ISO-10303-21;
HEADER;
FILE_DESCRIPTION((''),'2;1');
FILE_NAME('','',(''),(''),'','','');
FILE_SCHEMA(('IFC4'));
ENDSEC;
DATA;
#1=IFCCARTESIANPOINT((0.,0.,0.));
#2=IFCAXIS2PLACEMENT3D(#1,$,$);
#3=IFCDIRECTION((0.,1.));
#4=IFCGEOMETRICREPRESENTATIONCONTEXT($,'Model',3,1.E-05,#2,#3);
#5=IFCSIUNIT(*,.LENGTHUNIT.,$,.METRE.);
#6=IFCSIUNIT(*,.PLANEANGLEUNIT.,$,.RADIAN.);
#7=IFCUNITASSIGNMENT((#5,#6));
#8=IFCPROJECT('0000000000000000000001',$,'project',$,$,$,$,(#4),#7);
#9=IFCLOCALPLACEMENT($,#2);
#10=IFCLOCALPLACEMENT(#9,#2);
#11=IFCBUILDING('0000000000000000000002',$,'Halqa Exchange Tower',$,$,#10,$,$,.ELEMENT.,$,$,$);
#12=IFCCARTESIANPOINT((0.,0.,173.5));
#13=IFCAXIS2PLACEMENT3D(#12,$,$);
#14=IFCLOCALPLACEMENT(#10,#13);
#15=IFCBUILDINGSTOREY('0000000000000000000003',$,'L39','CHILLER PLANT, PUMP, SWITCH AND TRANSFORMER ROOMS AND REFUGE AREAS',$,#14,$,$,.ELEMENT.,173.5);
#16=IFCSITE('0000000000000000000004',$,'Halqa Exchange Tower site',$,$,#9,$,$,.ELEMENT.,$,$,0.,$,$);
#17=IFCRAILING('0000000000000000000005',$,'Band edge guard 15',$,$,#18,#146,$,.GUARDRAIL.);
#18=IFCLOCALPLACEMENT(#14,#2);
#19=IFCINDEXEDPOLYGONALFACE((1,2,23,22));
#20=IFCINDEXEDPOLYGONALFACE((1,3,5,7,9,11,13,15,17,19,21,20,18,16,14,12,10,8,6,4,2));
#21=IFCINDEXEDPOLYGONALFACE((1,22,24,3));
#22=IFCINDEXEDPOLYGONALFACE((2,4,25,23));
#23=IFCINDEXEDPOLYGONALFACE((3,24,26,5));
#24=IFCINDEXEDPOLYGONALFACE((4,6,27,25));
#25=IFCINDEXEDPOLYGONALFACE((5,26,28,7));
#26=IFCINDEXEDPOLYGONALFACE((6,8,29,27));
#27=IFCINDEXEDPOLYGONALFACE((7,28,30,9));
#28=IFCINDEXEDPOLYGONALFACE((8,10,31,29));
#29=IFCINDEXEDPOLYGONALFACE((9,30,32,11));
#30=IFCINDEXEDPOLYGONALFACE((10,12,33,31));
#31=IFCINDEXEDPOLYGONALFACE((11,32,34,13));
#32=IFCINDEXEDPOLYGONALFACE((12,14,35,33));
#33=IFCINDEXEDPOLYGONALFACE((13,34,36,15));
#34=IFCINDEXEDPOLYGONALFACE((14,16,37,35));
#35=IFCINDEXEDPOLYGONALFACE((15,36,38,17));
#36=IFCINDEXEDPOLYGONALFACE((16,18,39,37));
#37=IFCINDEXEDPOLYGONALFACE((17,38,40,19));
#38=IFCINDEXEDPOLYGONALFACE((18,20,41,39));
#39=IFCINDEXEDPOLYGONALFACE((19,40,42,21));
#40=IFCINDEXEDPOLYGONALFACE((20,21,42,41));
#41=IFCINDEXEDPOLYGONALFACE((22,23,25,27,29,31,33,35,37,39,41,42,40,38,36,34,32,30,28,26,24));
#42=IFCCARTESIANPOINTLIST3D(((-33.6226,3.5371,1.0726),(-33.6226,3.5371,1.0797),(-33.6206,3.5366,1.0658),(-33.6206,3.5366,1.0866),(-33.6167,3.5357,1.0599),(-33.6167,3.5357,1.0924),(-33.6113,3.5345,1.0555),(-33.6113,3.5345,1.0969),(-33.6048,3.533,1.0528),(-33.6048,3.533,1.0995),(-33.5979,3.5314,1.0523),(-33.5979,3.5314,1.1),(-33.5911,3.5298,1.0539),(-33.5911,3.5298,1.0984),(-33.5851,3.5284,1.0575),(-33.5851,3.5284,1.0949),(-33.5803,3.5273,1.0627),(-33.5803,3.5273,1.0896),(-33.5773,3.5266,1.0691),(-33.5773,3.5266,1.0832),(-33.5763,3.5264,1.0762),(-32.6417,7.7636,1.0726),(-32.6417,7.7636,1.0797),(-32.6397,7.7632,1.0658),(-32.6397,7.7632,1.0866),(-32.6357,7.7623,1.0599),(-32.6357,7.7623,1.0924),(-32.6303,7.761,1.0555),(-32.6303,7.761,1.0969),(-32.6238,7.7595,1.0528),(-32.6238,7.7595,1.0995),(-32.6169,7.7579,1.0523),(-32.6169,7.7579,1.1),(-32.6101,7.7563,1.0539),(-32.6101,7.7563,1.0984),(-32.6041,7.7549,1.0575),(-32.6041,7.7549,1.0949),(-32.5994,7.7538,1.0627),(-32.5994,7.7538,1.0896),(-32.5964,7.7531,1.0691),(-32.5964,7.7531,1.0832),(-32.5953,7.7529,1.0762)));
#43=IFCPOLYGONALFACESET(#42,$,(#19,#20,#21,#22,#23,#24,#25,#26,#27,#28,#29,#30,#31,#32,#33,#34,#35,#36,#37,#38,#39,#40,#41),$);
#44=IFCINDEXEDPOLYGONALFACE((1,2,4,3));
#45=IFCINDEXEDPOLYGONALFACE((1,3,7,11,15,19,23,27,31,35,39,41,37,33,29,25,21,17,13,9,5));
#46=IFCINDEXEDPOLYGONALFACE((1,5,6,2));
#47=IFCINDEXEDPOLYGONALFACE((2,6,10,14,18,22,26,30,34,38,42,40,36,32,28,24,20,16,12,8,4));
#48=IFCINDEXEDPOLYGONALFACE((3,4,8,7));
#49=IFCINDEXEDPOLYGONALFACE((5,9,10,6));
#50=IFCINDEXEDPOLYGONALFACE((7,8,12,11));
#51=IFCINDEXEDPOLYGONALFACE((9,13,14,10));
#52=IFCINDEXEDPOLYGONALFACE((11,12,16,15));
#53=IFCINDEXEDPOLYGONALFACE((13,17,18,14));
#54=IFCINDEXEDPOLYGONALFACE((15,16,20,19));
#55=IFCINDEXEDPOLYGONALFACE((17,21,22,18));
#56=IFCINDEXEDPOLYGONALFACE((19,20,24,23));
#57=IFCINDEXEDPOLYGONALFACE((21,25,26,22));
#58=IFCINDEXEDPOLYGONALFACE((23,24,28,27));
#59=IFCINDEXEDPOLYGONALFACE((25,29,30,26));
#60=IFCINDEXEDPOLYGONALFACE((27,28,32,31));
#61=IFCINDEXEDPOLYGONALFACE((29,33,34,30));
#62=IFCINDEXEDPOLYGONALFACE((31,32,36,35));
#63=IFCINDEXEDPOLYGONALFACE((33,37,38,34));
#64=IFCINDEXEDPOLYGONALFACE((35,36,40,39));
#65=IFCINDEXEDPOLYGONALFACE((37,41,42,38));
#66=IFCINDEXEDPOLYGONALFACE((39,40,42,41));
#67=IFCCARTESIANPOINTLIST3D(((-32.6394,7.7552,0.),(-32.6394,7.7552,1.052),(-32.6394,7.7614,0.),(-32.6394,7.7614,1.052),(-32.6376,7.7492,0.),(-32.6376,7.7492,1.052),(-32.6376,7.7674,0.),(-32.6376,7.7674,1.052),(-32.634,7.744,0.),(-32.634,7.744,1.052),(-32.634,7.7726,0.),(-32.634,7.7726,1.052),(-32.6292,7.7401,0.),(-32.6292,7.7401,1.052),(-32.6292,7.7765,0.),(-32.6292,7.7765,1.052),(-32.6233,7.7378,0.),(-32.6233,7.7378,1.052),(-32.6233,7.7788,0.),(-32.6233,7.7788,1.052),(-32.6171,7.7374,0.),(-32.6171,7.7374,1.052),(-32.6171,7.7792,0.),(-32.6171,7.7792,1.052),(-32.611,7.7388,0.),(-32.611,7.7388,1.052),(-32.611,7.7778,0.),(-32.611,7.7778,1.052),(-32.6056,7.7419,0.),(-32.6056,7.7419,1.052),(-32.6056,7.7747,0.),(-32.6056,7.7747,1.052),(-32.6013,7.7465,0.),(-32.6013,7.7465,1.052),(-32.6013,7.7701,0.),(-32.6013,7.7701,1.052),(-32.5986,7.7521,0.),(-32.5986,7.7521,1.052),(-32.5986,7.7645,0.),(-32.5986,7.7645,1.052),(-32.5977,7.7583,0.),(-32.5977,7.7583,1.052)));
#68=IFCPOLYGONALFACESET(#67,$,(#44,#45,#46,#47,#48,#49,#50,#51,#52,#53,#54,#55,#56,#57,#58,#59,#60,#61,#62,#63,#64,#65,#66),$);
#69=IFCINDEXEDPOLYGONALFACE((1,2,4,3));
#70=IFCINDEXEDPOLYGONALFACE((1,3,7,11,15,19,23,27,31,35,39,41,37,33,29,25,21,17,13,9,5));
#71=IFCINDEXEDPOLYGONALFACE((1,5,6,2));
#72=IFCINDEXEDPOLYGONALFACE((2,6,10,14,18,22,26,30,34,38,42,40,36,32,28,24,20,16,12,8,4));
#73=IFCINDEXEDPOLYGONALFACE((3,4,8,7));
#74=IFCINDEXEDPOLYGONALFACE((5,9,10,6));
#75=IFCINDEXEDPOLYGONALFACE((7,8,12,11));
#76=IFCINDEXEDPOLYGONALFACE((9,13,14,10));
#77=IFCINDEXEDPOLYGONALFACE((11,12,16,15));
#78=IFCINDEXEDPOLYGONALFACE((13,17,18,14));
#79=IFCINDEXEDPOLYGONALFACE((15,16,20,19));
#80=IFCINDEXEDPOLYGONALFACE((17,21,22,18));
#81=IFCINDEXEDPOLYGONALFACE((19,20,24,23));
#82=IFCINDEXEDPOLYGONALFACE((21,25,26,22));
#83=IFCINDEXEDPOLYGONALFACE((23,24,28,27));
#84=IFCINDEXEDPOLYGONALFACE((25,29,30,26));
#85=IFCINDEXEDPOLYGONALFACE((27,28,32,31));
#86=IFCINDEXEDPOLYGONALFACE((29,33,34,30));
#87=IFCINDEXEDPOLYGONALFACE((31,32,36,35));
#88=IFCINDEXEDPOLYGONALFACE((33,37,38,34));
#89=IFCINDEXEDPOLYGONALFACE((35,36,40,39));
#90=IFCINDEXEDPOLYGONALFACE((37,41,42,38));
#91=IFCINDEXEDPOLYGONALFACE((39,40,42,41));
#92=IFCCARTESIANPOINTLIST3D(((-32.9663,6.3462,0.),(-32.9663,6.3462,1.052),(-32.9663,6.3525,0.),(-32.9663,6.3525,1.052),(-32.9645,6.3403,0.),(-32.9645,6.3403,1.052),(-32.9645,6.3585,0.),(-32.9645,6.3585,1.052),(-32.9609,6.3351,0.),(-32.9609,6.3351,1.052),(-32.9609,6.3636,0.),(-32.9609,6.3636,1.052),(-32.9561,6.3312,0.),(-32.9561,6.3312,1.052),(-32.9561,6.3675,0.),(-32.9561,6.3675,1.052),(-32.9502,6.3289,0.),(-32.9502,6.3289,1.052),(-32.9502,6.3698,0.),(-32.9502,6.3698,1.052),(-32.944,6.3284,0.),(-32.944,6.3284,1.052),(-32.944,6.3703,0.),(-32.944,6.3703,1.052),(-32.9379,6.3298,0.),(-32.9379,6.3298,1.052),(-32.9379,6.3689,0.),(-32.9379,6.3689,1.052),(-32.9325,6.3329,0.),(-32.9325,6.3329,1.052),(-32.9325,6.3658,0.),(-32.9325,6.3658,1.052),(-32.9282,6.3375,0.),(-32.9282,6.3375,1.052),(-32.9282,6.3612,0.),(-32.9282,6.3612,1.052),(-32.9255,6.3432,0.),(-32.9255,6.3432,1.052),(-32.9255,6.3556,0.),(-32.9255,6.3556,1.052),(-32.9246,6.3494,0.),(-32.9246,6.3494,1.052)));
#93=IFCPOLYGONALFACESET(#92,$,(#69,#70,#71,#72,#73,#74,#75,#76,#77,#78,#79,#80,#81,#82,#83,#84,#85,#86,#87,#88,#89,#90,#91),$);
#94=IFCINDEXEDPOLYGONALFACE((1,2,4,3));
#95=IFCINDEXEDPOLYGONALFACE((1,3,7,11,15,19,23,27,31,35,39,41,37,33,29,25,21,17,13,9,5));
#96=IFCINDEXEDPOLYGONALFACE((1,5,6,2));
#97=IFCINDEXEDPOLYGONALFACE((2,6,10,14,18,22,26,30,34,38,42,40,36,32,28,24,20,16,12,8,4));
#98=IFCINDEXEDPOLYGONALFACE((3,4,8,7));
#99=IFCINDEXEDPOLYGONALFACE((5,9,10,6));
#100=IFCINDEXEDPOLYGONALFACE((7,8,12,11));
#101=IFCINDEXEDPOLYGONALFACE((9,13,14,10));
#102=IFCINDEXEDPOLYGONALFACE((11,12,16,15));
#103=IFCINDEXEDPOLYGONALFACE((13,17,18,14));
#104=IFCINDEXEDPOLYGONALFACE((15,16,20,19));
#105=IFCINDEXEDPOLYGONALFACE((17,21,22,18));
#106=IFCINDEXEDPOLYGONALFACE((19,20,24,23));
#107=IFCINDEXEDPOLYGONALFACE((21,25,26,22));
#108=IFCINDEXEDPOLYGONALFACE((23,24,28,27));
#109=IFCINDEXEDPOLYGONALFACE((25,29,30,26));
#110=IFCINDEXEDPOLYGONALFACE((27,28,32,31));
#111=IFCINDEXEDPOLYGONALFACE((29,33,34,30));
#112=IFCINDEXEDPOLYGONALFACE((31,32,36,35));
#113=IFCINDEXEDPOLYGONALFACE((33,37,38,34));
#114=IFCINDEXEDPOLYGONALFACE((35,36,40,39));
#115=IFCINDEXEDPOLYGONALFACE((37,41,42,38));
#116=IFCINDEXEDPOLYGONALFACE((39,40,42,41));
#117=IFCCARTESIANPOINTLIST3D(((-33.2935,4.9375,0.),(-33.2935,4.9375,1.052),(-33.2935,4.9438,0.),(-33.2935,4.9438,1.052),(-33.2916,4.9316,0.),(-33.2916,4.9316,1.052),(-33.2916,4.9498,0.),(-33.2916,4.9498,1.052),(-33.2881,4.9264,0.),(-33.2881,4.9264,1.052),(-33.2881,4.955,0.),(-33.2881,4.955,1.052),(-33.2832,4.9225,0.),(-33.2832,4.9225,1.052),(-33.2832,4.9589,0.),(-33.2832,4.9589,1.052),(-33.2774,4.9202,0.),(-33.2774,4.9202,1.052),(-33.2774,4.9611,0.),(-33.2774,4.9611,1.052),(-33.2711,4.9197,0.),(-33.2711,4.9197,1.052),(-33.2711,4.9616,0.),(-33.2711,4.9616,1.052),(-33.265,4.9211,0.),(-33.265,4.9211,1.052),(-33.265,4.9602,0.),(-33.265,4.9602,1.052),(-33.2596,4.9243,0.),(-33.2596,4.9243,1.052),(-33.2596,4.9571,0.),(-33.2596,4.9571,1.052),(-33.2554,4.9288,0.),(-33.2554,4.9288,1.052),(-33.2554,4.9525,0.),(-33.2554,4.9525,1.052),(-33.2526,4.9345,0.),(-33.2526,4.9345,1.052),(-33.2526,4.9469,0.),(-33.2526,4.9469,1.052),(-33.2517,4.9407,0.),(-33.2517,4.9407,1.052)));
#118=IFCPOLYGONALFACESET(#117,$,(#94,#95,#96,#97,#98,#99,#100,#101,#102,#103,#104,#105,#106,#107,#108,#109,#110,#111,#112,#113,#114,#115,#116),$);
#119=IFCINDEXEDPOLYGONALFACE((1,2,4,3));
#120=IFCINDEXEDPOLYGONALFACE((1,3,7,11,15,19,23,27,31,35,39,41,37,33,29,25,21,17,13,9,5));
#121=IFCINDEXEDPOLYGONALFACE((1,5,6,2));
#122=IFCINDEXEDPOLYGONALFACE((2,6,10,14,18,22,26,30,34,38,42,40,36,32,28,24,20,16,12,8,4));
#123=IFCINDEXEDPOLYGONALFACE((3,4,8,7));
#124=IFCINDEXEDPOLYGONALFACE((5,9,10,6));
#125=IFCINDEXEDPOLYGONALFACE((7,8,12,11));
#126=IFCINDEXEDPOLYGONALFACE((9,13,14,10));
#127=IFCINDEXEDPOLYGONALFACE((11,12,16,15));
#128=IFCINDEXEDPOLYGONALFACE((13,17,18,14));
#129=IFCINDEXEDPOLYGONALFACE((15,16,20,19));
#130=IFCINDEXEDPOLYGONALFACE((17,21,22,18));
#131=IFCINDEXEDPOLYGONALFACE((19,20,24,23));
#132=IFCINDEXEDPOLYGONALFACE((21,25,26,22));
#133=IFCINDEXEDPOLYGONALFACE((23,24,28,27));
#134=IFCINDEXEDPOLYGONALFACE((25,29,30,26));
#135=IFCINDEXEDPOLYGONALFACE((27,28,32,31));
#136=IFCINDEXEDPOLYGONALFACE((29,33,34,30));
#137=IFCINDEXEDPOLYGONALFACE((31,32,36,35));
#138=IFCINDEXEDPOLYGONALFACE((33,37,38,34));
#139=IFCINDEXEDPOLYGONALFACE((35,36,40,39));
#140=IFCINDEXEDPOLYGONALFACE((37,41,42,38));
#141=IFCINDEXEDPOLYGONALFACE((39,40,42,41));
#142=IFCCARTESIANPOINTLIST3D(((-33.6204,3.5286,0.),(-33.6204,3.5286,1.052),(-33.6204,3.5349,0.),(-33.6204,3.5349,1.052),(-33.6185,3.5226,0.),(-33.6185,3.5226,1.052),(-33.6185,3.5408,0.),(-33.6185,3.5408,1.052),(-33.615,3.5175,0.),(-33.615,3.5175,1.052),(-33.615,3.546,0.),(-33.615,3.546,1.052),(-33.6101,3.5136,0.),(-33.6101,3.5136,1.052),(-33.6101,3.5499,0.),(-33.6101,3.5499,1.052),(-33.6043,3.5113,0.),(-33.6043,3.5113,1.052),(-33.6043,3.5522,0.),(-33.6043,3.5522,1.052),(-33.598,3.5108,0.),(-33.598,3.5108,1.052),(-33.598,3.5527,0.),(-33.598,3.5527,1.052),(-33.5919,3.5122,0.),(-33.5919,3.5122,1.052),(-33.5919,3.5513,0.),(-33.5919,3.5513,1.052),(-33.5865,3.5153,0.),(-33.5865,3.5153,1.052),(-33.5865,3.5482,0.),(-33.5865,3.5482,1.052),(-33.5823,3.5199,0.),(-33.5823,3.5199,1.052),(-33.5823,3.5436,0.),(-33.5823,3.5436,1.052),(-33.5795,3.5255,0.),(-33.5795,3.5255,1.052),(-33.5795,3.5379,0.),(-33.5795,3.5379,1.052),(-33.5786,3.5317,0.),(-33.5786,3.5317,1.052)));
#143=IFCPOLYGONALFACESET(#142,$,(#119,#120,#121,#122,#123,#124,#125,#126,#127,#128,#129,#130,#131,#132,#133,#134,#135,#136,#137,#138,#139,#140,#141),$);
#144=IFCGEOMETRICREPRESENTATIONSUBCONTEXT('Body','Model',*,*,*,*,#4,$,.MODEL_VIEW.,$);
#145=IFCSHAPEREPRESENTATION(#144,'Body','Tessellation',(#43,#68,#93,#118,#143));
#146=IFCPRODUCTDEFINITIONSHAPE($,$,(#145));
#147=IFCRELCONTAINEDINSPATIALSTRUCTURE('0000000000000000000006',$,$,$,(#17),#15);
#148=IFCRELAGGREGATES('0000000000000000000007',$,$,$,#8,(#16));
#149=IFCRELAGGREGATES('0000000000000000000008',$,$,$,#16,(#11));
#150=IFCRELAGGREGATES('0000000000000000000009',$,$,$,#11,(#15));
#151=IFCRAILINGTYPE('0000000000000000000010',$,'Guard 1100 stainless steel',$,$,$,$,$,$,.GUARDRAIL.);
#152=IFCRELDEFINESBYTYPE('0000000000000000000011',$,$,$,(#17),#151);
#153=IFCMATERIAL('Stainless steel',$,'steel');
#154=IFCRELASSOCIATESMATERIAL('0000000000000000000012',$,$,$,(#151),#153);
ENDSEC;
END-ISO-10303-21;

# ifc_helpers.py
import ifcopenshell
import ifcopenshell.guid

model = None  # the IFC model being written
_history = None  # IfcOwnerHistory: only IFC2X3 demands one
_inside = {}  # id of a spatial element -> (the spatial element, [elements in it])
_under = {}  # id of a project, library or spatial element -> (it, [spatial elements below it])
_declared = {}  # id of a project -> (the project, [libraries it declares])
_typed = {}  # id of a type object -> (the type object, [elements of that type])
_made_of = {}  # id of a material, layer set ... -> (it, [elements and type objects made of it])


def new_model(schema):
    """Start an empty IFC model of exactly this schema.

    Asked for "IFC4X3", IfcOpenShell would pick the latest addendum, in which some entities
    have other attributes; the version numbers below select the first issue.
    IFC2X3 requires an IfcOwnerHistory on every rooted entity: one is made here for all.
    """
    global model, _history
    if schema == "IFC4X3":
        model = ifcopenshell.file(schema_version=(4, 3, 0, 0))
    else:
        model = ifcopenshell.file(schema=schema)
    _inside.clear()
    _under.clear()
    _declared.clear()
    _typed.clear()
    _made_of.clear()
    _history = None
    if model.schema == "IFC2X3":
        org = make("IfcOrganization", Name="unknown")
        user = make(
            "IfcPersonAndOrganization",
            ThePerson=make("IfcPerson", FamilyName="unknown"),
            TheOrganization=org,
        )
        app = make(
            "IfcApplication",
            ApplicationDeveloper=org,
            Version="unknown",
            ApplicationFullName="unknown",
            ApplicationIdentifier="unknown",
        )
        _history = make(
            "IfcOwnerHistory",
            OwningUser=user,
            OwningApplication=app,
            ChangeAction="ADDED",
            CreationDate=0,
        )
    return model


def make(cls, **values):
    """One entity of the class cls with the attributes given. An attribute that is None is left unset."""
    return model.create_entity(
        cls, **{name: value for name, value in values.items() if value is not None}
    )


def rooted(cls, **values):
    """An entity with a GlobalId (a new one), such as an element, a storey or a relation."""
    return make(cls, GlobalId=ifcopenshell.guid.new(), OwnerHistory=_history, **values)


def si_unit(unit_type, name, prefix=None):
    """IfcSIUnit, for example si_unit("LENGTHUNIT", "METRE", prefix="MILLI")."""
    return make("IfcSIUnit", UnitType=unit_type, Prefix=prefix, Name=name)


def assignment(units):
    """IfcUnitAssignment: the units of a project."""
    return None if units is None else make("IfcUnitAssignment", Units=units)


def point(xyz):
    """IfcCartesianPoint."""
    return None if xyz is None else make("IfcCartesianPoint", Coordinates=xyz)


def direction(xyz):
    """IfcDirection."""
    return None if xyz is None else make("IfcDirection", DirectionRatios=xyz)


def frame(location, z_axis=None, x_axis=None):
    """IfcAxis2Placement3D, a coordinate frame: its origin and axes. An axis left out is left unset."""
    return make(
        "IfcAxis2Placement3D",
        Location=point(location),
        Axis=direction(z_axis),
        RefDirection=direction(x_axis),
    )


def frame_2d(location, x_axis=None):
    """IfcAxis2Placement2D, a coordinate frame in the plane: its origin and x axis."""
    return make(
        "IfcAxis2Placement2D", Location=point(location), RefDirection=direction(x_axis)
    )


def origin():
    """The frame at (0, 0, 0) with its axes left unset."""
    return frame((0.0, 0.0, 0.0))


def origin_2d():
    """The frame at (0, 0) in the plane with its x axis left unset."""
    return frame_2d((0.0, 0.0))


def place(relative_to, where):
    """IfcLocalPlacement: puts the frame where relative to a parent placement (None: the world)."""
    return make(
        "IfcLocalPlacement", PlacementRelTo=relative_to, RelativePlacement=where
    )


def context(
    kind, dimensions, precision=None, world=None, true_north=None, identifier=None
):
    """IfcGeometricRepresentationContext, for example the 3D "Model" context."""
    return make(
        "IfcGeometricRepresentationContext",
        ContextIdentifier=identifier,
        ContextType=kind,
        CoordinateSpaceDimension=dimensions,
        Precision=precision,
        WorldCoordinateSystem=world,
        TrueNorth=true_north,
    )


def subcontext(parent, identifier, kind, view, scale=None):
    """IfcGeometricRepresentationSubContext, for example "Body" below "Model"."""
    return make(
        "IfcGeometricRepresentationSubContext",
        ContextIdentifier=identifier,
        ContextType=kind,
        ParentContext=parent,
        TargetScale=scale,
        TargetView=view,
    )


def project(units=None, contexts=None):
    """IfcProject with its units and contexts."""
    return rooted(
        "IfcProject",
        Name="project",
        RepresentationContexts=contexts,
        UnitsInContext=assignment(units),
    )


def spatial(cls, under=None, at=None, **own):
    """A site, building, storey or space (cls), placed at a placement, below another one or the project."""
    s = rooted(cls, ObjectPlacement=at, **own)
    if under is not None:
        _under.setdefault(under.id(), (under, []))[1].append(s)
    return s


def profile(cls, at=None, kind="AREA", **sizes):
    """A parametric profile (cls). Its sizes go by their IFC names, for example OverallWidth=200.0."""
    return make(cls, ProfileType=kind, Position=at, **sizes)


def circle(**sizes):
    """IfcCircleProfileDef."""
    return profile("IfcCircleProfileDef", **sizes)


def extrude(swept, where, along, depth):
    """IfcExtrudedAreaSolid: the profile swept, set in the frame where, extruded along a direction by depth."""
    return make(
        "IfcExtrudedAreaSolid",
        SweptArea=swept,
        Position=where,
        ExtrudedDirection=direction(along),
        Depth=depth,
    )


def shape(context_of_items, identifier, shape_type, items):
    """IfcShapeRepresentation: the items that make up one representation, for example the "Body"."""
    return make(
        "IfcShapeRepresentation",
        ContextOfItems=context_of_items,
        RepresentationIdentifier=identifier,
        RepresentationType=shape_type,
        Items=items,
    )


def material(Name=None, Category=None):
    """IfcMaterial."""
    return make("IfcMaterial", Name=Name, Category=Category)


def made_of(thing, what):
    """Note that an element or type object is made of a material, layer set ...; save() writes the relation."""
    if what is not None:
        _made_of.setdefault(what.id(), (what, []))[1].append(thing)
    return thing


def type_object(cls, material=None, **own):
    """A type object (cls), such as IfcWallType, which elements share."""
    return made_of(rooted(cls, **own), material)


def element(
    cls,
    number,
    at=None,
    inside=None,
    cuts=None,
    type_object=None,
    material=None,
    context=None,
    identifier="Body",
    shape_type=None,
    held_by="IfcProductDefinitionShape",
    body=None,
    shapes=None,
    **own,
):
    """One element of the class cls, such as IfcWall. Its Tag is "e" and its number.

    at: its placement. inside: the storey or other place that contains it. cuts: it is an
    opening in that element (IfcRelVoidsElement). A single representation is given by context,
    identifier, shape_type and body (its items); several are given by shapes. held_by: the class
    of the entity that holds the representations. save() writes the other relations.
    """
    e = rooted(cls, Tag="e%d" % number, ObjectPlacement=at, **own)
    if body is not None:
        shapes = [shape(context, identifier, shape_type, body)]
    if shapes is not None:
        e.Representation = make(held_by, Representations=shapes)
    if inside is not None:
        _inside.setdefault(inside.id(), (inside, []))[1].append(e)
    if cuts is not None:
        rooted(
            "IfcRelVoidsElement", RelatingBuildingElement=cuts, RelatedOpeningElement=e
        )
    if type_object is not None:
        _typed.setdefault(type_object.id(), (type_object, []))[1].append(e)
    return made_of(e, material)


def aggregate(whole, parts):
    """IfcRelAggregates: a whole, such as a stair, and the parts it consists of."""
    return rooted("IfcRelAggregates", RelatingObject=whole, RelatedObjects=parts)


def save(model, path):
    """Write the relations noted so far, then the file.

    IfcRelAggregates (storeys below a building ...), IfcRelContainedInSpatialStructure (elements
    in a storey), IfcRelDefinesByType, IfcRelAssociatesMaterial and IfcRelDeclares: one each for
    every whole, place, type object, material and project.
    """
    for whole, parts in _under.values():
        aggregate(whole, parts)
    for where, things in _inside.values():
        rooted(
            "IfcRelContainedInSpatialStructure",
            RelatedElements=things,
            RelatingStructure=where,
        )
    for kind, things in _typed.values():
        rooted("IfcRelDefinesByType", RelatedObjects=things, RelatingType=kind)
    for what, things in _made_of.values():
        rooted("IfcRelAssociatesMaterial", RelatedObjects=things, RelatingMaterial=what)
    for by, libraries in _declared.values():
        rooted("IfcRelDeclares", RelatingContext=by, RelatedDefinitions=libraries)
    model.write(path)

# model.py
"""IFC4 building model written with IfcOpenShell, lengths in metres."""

from ifc_helpers import new_model, si_unit, direction, frame, origin, origin_2d, place, context, subcontext, project, spatial, circle, extrude, material, type_object, element, save


model = new_model("IFC4")

# Units and contexts
model_context = context("Model", 3, precision=1e-05, world=origin(), true_north=direction((0.0, 1.0)))
body_context = subcontext(model_context, "Body", "Model", "MODEL_VIEW")
ifc_project = project(units=[si_unit("LENGTHUNIT", "METRE"), si_unit("PLANEANGLEUNIT", "RADIAN")], contexts=[model_context])

# Site, building, storey
site_placement = place(None, origin())
site = spatial("IfcSite", under=ifc_project, at=site_placement, Name="Halqa Exchange Tower site", CompositionType="ELEMENT", RefElevation=0.0)
building_placement = place(site_placement, origin())
building = spatial("IfcBuilding", under=site, at=building_placement, Name="Halqa Exchange Tower", CompositionType="ELEMENT")
storey_placement = place(building_placement, frame((0.0, 0.0, 173.5)))
storey = spatial("IfcBuildingStorey", under=building, at=storey_placement, Name="L39", Description="CHILLER PLANT, PUMP, SWITCH AND TRANSFORMER ROOMS AND REFUGE AREAS", CompositionType="ELEMENT", Elevation=173.5)

# Railing
ifc_material_1 = material(Name="Stainless steel", Category="steel")
railing_type = type_object("IfcRailingType", Name="Guard 1100 stainless steel", PredefinedType="GUARDRAIL", material=ifc_material_1)
railing_1_placement = place(storey_placement, frame((-32.6187, 7.7583, 0.0)))
element("IfcRailing", 1, at=railing_1_placement, inside=storey, type_object=railing_type, Name="Band edge guard 15", PredefinedType="GUARDRAIL", context=body_context, shape_type="SweptSolid", body=[
    extrude(circle(Radius=0.0239, at=origin_2d()), frame((0.0, 0.0, 1.0762), z_axis=(-0.226084, -0.974108, 0.0), x_axis=(0.974108, -0.226084, 0.0)), (0.0, 0.0, 1.0), 4.3389),
    extrude(circle(Radius=0.021, at=origin_2d()), origin(), (0.0, 0.0, 1.0), 1.052),
    extrude(circle(Radius=0.021, at=origin_2d()), frame((-0.3269, -1.4089, 0.0)), (0.0, 0.0, 1.0), 1.052),
    extrude(circle(Radius=0.021, at=origin_2d()), frame((-0.6541, -2.8176, 0.0)), (0.0, 0.0, 1.0), 1.052),
    extrude(circle(Radius=0.021, at=origin_2d()), frame((-0.981, -4.2266, 0.0)), (0.0, 0.0, 1.0), 1.052),
])

save(model, "model.ifc")
